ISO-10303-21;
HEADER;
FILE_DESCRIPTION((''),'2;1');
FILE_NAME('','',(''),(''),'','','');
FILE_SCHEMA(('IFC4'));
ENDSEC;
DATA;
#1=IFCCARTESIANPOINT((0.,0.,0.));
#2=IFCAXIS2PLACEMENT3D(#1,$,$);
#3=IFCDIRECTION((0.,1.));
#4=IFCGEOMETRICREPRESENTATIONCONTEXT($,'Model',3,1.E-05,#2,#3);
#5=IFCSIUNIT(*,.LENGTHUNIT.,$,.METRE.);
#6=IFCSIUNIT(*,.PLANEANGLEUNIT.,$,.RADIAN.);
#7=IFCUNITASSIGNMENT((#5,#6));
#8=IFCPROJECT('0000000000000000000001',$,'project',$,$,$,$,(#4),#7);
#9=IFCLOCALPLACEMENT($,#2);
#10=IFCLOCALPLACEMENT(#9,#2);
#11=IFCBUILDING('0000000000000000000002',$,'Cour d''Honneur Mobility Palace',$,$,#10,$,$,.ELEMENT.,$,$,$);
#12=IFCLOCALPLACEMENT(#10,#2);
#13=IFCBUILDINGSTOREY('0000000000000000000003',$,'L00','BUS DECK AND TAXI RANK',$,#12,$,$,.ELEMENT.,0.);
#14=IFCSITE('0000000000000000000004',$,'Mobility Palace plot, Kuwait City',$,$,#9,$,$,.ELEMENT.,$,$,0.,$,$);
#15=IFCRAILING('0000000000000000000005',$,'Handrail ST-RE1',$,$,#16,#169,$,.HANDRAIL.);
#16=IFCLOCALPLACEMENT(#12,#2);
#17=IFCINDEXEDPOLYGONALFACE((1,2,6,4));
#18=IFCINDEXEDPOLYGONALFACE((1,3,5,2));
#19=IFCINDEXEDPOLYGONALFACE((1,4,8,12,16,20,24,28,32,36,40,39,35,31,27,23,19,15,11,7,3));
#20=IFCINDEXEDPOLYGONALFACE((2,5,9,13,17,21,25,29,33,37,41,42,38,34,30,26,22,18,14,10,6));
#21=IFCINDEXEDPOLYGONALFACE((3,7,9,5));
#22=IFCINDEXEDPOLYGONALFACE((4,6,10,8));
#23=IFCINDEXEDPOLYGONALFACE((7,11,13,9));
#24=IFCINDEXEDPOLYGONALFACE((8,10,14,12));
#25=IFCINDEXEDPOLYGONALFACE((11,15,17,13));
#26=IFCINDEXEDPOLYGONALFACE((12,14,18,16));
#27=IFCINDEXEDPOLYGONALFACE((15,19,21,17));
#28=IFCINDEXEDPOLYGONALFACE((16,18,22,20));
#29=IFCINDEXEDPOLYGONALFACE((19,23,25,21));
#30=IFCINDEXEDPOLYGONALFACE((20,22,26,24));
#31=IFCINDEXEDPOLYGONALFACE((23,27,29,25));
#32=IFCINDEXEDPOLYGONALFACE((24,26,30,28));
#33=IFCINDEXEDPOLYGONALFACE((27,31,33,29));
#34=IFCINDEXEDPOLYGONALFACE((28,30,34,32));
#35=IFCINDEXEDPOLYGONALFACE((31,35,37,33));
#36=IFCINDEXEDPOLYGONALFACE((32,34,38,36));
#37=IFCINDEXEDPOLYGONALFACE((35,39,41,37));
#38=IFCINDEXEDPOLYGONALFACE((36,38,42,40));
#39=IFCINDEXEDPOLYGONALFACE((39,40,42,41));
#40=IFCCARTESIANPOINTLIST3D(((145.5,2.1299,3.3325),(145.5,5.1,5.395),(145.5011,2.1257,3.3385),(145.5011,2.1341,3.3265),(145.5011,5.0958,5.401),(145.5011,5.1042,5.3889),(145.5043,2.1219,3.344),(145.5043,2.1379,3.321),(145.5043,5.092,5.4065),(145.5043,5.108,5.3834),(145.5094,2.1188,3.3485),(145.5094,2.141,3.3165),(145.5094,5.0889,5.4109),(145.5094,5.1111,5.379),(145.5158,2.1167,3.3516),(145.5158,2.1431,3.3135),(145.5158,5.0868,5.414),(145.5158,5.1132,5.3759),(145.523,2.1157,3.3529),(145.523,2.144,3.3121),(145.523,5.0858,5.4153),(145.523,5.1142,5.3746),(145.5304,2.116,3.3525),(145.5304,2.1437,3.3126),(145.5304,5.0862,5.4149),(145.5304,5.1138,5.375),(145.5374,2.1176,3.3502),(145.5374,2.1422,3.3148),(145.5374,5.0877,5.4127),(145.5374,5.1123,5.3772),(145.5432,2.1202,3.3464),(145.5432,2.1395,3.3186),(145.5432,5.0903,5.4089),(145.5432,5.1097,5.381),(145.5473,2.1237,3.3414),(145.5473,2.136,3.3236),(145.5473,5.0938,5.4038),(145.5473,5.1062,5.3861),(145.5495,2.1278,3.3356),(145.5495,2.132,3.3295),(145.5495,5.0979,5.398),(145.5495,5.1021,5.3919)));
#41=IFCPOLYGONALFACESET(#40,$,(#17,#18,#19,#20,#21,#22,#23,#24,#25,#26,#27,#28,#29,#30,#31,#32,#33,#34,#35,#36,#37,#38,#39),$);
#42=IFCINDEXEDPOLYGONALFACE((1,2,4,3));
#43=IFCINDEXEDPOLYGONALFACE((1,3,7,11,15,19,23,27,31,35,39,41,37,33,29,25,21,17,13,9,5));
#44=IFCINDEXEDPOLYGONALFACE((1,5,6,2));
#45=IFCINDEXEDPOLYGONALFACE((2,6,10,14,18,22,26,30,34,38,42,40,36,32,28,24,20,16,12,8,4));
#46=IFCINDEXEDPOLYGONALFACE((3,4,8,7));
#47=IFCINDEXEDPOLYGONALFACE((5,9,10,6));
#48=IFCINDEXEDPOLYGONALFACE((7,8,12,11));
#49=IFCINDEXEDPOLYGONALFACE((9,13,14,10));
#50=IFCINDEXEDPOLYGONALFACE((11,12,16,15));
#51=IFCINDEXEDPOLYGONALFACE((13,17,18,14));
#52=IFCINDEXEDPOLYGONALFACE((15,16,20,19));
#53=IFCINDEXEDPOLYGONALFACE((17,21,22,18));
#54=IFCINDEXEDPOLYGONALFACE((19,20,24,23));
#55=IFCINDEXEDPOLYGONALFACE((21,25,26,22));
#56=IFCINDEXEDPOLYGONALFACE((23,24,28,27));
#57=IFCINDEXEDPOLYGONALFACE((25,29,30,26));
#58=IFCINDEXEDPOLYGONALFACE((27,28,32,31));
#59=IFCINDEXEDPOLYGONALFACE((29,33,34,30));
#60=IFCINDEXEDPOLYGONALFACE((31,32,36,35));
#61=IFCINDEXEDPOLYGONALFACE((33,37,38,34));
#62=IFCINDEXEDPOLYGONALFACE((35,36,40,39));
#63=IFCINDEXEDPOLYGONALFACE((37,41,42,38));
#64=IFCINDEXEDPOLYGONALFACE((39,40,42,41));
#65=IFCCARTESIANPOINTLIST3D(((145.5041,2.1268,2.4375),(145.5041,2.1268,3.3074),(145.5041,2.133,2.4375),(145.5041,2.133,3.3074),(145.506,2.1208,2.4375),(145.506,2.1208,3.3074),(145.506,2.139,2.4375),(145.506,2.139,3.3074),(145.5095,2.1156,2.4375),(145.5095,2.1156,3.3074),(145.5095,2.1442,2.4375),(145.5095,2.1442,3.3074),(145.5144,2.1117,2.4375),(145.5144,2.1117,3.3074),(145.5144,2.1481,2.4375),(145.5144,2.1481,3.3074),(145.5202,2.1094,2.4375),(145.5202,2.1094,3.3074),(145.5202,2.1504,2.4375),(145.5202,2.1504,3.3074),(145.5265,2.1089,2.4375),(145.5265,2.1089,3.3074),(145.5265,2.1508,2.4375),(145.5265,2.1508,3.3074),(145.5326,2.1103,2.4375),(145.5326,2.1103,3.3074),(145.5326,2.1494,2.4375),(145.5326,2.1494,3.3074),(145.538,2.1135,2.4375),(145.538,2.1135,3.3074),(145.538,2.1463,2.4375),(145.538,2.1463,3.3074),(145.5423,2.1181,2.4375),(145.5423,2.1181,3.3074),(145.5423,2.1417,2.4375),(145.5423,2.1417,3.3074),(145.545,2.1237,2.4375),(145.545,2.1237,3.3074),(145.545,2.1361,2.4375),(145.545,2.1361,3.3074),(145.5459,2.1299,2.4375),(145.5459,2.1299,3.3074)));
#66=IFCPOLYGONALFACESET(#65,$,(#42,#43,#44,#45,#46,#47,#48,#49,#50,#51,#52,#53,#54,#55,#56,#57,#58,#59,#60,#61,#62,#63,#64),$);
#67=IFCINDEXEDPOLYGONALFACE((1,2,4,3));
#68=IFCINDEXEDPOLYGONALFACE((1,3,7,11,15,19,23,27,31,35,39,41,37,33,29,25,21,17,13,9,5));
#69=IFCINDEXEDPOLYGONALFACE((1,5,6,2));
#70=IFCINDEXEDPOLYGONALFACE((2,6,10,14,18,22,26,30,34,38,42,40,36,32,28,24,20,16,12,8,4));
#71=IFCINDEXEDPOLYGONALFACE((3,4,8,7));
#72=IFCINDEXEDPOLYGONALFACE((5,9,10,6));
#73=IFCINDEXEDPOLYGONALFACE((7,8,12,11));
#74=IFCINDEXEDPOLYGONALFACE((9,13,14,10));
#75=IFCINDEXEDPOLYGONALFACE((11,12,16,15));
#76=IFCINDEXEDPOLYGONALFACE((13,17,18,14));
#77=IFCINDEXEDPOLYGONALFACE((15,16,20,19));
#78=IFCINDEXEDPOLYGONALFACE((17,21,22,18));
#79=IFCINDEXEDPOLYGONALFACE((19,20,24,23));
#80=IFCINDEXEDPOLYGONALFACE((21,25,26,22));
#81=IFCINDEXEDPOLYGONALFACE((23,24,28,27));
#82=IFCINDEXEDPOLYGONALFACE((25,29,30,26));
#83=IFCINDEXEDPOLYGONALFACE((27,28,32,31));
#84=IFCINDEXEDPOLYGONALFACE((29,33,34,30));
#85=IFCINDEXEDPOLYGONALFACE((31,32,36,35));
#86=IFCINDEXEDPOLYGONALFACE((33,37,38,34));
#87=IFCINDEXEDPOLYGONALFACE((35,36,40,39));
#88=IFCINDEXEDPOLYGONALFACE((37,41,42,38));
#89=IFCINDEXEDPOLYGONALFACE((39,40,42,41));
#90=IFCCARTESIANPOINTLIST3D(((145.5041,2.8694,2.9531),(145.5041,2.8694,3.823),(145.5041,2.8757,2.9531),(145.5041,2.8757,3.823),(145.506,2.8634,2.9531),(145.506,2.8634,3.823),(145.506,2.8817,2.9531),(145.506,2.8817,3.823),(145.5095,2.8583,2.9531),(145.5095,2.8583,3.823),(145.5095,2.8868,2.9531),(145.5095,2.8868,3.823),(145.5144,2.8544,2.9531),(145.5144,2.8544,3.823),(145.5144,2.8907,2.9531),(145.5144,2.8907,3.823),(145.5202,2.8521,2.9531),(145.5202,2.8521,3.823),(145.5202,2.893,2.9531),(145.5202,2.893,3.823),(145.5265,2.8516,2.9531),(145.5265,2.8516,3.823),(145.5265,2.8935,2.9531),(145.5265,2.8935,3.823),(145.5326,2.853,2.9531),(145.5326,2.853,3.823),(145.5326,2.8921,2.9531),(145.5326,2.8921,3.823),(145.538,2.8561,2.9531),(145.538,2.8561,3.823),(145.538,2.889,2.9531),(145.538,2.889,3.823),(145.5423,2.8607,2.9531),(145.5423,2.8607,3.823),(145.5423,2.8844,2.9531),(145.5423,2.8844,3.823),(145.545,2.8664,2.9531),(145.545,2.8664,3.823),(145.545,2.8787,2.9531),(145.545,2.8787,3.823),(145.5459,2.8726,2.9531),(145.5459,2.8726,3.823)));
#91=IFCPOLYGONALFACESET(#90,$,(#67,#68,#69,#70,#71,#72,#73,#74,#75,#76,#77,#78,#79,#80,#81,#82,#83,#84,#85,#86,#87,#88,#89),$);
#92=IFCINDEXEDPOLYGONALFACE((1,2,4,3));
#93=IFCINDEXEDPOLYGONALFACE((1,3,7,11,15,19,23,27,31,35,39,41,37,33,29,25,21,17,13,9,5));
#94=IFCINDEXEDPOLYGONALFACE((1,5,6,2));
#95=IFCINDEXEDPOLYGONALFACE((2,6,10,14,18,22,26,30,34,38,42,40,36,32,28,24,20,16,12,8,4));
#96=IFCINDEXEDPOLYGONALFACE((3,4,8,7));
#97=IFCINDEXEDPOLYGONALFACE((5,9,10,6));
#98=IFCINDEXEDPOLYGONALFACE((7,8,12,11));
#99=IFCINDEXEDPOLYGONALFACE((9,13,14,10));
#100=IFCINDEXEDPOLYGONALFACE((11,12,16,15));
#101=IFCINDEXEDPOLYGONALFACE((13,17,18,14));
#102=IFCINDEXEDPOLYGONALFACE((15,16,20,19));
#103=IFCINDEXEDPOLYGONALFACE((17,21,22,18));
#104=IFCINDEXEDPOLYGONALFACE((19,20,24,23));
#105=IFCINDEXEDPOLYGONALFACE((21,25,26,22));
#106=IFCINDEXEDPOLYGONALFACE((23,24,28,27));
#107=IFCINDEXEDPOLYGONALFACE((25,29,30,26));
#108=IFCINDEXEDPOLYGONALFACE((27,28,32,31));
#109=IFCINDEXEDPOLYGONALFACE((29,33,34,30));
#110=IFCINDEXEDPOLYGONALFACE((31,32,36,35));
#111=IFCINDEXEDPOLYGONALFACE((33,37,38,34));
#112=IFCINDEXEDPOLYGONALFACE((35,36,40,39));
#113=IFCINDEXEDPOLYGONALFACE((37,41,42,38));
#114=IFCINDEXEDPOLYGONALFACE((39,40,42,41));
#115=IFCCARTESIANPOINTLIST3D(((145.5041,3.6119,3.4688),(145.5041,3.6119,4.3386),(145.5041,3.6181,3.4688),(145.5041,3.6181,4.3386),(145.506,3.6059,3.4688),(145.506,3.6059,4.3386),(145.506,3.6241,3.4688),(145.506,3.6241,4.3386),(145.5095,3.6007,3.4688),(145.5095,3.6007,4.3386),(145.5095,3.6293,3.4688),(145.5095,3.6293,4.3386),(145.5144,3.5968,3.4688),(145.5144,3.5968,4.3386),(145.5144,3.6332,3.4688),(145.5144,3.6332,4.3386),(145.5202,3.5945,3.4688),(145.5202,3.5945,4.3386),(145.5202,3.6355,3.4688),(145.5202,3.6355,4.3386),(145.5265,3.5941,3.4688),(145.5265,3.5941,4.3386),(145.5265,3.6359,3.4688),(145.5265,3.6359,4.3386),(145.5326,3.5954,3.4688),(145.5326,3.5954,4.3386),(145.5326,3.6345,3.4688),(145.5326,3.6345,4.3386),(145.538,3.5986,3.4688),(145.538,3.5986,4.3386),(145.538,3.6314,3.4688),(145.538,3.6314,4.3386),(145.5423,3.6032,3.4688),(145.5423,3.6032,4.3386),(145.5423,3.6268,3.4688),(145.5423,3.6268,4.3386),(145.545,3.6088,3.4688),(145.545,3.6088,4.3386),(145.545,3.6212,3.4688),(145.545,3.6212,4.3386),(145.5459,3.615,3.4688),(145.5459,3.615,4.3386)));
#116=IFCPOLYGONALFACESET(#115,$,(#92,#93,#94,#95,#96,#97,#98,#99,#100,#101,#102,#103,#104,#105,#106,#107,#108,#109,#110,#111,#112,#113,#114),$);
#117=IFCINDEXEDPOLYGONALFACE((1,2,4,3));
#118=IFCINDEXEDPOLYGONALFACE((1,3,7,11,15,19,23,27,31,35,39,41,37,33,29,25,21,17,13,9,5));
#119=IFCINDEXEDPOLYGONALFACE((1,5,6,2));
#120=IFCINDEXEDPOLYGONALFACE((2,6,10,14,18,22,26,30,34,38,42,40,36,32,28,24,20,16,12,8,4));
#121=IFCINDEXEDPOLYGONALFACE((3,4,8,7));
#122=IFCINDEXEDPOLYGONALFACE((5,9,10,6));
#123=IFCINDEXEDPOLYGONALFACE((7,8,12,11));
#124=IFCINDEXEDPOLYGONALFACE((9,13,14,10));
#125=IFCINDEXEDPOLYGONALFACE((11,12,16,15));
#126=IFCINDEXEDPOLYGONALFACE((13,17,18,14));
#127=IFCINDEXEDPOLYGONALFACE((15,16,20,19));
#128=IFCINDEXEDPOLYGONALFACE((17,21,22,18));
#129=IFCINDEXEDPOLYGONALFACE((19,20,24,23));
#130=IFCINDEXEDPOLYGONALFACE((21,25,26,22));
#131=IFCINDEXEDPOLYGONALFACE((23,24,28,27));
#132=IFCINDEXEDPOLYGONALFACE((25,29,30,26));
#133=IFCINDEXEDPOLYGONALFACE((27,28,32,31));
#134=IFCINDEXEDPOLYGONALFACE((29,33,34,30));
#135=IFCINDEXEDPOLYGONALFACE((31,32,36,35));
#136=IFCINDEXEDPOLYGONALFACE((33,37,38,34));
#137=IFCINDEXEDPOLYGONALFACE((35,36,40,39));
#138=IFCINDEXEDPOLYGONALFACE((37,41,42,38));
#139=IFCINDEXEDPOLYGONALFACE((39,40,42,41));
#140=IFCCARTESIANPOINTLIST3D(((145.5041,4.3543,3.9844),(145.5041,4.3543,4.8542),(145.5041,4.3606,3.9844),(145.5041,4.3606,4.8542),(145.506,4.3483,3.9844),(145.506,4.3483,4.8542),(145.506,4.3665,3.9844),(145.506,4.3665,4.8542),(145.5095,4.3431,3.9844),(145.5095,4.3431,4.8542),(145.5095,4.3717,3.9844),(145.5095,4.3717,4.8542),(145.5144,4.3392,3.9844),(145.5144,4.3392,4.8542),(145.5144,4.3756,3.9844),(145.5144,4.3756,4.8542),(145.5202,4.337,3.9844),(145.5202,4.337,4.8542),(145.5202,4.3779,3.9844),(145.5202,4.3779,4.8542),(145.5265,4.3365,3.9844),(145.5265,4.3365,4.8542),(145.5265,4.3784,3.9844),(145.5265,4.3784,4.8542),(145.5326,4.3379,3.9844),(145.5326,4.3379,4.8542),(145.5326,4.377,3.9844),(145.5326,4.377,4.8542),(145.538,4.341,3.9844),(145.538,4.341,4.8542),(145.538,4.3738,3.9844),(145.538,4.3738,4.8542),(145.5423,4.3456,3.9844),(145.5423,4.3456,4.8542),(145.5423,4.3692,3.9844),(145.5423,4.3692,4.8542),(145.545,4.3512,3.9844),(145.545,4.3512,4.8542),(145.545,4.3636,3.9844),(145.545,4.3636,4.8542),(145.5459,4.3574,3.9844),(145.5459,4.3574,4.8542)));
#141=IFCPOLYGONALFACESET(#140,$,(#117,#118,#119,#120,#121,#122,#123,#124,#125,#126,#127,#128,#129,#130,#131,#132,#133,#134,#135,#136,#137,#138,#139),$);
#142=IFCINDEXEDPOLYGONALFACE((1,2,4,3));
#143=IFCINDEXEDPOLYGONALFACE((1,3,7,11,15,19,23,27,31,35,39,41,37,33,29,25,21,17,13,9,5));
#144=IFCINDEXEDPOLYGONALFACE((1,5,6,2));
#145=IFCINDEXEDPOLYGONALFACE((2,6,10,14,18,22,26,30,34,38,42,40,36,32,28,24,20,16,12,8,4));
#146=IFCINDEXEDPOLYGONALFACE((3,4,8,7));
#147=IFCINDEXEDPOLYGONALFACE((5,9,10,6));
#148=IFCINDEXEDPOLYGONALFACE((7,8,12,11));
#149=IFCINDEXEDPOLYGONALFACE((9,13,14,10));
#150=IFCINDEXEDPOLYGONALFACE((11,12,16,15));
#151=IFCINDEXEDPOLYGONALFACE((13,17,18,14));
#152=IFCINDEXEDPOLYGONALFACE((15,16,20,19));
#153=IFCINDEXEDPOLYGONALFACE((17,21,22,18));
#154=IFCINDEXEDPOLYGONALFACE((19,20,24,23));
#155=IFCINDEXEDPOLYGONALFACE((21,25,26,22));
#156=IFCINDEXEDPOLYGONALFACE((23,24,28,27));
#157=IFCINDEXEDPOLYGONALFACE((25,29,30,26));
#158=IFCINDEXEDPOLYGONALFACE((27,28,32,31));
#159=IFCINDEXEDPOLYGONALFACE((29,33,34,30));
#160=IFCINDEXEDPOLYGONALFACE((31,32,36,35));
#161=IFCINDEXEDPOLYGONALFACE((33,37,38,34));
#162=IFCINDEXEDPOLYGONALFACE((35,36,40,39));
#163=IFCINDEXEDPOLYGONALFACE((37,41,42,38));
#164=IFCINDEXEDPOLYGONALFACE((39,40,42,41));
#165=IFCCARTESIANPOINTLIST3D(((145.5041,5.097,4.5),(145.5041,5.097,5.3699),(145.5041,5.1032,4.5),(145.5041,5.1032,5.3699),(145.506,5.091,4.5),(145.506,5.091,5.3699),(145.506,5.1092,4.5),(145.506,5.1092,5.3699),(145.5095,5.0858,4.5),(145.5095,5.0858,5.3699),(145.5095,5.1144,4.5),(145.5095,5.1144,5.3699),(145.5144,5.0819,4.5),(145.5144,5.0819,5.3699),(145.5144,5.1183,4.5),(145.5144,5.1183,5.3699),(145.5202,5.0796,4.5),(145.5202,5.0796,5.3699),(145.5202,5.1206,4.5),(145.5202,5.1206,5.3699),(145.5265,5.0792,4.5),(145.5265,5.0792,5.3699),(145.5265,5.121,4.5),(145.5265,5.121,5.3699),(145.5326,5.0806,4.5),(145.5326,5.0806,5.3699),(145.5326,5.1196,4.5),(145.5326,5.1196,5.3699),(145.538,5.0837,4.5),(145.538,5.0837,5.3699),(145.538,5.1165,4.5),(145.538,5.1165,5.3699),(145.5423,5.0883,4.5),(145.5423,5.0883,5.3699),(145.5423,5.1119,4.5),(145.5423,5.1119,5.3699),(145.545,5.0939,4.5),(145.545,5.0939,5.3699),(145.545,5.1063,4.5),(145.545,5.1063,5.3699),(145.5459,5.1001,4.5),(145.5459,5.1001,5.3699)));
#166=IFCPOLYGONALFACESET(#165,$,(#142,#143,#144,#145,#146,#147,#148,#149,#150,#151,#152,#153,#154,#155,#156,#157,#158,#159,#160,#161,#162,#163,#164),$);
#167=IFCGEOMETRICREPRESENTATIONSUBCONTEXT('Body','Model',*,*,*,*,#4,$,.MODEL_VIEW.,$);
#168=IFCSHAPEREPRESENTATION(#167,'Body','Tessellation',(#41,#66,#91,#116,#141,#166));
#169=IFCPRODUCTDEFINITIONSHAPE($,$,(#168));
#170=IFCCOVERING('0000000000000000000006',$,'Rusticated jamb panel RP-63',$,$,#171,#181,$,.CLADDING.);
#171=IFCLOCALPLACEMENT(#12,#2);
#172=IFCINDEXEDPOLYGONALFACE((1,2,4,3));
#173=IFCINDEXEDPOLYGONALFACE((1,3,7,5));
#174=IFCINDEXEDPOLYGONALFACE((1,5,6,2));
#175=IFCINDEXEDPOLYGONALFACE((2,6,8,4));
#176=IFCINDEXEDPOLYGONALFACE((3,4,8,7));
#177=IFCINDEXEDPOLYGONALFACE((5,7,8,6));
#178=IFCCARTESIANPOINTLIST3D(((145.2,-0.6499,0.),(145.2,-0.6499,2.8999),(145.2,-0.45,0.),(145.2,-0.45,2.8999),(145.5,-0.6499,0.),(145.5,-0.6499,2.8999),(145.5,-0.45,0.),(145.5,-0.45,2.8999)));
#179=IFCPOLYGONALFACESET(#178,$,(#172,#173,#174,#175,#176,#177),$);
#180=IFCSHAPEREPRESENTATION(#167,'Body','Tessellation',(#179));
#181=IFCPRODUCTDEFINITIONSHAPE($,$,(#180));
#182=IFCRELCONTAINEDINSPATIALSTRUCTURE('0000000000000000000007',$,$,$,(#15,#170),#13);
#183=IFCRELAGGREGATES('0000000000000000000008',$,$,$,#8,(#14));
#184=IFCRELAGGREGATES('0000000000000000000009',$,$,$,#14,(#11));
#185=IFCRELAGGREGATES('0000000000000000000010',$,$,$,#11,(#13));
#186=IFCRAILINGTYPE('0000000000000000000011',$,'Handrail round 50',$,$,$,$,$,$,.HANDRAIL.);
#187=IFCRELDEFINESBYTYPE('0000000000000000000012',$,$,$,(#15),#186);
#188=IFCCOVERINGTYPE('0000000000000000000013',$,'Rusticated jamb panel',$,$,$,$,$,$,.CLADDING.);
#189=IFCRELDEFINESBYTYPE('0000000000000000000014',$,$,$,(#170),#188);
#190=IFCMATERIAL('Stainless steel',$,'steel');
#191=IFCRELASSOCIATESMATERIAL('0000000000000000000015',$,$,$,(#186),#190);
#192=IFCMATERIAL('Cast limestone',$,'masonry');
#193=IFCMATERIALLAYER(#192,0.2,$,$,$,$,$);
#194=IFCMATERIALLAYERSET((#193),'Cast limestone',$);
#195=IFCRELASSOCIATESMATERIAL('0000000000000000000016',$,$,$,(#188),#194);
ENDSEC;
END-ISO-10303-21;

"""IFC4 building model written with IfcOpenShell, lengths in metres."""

from ifc_helpers import new_model, si_unit, direction, frame, origin, origin_2d, place, context, subcontext, project, spatial, polyline, circle, outline, extrude, material, layer, layer_set, type_object, element, save


model = new_model("IFC4")

# Units and contexts
model_context = context("Model", 3, precision=1e-05, world=origin(), true_north=direction((0.0, 1.0)))
body_context = subcontext(model_context, "Body", "Model", "MODEL_VIEW")
ifc_project = project(units=[si_unit("LENGTHUNIT", "METRE"), si_unit("PLANEANGLEUNIT", "RADIAN")], contexts=[model_context])

# Site, building, storey
site_placement = place(None, origin())
site = spatial("IfcSite", under=ifc_project, at=site_placement, Name="Mobility Palace plot, Kuwait City", CompositionType="ELEMENT", RefElevation=0.0)
building_placement = place(site_placement, origin())
building = spatial("IfcBuilding", under=site, at=building_placement, Name="Cour d'Honneur Mobility Palace", CompositionType="ELEMENT")
storey_placement = place(building_placement, origin())
storey = spatial("IfcBuildingStorey", under=building, at=storey_placement, Name="L00", Description="BUS DECK AND TAXI RANK", CompositionType="ELEMENT", Elevation=0.0)

# Railing
ifc_material_1 = material(Name="Stainless steel", Category="steel")
railing_type_1 = type_object("IfcRailingType", Name="Handrail round 50", PredefinedType="HANDRAIL", material=ifc_material_1)
for number, where, name in (
    (1, (145.5249, 2.1299, 2.4375), "Handrail ST-RE1"),
):
    element("IfcRailing", number, at=place(storey_placement, frame(where)), inside=storey, type_object=railing_type_1, Name=name, PredefinedType="HANDRAIL", context=body_context, shape_type="SweptSolid", body=[
        extrude(circle(Radius=0.0249, at=origin_2d()), frame((0.0, 0.0, 0.895), z_axis=(0.0, 0.821389, 0.570368), x_axis=(-1.0, 0.0, 0.0)), (0.0, 0.0, 1.0), 3.616),
        extrude(circle(Radius=0.021, at=origin_2d()), origin(), (0.0, 0.0, 1.0), 0.8699),
        extrude(circle(Radius=0.021, at=origin_2d()), frame((0.0, 0.7427, 0.5156)), (0.0, 0.0, 1.0), 0.8699),
        extrude(circle(Radius=0.021, at=origin_2d()), frame((0.0, 1.4851, 1.0312)), (0.0, 0.0, 1.0), 0.8699),
        extrude(circle(Radius=0.021, at=origin_2d()), frame((0.0, 2.2275, 1.5469)), (0.0, 0.0, 1.0), 0.8699),
        extrude(circle(Radius=0.021, at=origin_2d()), frame((0.0, 2.9702, 2.0625)), (0.0, 0.0, 1.0), 0.8699),
    ])

# Covering
ifc_material_2 = material(Name="Cast limestone", Category="masonry")
ifc_layer_1 = layer(ifc_material_2, 0.2)
ifc_layer_set_1 = layer_set([ifc_layer_1], Name="Cast limestone")
covering_type = type_object("IfcCoveringType", Name="Rusticated jamb panel", PredefinedType="CLADDING", material=ifc_layer_set_1)
covering_placement = place(storey_placement, frame((145.2, -0.6499, 0.0), z_axis=(0.0, -1.0, 0.0), x_axis=(1.0, 0.0, 0.0)))
element("IfcCovering", 2, at=covering_placement, inside=storey, type_object=covering_type, Name="Rusticated jamb panel RP-63", PredefinedType="CLADDING", context=body_context, shape_type="SweptSolid", body=[
    extrude(outline(polyline([(0.0, 0.0), (0.3, 0.0), (0.3, 2.8999), (0.0, 2.8999), (0.0, 0.0)])), origin(), (0.0, 0.0, -1.0), 0.2),
])

save(model, "model.ifc")
